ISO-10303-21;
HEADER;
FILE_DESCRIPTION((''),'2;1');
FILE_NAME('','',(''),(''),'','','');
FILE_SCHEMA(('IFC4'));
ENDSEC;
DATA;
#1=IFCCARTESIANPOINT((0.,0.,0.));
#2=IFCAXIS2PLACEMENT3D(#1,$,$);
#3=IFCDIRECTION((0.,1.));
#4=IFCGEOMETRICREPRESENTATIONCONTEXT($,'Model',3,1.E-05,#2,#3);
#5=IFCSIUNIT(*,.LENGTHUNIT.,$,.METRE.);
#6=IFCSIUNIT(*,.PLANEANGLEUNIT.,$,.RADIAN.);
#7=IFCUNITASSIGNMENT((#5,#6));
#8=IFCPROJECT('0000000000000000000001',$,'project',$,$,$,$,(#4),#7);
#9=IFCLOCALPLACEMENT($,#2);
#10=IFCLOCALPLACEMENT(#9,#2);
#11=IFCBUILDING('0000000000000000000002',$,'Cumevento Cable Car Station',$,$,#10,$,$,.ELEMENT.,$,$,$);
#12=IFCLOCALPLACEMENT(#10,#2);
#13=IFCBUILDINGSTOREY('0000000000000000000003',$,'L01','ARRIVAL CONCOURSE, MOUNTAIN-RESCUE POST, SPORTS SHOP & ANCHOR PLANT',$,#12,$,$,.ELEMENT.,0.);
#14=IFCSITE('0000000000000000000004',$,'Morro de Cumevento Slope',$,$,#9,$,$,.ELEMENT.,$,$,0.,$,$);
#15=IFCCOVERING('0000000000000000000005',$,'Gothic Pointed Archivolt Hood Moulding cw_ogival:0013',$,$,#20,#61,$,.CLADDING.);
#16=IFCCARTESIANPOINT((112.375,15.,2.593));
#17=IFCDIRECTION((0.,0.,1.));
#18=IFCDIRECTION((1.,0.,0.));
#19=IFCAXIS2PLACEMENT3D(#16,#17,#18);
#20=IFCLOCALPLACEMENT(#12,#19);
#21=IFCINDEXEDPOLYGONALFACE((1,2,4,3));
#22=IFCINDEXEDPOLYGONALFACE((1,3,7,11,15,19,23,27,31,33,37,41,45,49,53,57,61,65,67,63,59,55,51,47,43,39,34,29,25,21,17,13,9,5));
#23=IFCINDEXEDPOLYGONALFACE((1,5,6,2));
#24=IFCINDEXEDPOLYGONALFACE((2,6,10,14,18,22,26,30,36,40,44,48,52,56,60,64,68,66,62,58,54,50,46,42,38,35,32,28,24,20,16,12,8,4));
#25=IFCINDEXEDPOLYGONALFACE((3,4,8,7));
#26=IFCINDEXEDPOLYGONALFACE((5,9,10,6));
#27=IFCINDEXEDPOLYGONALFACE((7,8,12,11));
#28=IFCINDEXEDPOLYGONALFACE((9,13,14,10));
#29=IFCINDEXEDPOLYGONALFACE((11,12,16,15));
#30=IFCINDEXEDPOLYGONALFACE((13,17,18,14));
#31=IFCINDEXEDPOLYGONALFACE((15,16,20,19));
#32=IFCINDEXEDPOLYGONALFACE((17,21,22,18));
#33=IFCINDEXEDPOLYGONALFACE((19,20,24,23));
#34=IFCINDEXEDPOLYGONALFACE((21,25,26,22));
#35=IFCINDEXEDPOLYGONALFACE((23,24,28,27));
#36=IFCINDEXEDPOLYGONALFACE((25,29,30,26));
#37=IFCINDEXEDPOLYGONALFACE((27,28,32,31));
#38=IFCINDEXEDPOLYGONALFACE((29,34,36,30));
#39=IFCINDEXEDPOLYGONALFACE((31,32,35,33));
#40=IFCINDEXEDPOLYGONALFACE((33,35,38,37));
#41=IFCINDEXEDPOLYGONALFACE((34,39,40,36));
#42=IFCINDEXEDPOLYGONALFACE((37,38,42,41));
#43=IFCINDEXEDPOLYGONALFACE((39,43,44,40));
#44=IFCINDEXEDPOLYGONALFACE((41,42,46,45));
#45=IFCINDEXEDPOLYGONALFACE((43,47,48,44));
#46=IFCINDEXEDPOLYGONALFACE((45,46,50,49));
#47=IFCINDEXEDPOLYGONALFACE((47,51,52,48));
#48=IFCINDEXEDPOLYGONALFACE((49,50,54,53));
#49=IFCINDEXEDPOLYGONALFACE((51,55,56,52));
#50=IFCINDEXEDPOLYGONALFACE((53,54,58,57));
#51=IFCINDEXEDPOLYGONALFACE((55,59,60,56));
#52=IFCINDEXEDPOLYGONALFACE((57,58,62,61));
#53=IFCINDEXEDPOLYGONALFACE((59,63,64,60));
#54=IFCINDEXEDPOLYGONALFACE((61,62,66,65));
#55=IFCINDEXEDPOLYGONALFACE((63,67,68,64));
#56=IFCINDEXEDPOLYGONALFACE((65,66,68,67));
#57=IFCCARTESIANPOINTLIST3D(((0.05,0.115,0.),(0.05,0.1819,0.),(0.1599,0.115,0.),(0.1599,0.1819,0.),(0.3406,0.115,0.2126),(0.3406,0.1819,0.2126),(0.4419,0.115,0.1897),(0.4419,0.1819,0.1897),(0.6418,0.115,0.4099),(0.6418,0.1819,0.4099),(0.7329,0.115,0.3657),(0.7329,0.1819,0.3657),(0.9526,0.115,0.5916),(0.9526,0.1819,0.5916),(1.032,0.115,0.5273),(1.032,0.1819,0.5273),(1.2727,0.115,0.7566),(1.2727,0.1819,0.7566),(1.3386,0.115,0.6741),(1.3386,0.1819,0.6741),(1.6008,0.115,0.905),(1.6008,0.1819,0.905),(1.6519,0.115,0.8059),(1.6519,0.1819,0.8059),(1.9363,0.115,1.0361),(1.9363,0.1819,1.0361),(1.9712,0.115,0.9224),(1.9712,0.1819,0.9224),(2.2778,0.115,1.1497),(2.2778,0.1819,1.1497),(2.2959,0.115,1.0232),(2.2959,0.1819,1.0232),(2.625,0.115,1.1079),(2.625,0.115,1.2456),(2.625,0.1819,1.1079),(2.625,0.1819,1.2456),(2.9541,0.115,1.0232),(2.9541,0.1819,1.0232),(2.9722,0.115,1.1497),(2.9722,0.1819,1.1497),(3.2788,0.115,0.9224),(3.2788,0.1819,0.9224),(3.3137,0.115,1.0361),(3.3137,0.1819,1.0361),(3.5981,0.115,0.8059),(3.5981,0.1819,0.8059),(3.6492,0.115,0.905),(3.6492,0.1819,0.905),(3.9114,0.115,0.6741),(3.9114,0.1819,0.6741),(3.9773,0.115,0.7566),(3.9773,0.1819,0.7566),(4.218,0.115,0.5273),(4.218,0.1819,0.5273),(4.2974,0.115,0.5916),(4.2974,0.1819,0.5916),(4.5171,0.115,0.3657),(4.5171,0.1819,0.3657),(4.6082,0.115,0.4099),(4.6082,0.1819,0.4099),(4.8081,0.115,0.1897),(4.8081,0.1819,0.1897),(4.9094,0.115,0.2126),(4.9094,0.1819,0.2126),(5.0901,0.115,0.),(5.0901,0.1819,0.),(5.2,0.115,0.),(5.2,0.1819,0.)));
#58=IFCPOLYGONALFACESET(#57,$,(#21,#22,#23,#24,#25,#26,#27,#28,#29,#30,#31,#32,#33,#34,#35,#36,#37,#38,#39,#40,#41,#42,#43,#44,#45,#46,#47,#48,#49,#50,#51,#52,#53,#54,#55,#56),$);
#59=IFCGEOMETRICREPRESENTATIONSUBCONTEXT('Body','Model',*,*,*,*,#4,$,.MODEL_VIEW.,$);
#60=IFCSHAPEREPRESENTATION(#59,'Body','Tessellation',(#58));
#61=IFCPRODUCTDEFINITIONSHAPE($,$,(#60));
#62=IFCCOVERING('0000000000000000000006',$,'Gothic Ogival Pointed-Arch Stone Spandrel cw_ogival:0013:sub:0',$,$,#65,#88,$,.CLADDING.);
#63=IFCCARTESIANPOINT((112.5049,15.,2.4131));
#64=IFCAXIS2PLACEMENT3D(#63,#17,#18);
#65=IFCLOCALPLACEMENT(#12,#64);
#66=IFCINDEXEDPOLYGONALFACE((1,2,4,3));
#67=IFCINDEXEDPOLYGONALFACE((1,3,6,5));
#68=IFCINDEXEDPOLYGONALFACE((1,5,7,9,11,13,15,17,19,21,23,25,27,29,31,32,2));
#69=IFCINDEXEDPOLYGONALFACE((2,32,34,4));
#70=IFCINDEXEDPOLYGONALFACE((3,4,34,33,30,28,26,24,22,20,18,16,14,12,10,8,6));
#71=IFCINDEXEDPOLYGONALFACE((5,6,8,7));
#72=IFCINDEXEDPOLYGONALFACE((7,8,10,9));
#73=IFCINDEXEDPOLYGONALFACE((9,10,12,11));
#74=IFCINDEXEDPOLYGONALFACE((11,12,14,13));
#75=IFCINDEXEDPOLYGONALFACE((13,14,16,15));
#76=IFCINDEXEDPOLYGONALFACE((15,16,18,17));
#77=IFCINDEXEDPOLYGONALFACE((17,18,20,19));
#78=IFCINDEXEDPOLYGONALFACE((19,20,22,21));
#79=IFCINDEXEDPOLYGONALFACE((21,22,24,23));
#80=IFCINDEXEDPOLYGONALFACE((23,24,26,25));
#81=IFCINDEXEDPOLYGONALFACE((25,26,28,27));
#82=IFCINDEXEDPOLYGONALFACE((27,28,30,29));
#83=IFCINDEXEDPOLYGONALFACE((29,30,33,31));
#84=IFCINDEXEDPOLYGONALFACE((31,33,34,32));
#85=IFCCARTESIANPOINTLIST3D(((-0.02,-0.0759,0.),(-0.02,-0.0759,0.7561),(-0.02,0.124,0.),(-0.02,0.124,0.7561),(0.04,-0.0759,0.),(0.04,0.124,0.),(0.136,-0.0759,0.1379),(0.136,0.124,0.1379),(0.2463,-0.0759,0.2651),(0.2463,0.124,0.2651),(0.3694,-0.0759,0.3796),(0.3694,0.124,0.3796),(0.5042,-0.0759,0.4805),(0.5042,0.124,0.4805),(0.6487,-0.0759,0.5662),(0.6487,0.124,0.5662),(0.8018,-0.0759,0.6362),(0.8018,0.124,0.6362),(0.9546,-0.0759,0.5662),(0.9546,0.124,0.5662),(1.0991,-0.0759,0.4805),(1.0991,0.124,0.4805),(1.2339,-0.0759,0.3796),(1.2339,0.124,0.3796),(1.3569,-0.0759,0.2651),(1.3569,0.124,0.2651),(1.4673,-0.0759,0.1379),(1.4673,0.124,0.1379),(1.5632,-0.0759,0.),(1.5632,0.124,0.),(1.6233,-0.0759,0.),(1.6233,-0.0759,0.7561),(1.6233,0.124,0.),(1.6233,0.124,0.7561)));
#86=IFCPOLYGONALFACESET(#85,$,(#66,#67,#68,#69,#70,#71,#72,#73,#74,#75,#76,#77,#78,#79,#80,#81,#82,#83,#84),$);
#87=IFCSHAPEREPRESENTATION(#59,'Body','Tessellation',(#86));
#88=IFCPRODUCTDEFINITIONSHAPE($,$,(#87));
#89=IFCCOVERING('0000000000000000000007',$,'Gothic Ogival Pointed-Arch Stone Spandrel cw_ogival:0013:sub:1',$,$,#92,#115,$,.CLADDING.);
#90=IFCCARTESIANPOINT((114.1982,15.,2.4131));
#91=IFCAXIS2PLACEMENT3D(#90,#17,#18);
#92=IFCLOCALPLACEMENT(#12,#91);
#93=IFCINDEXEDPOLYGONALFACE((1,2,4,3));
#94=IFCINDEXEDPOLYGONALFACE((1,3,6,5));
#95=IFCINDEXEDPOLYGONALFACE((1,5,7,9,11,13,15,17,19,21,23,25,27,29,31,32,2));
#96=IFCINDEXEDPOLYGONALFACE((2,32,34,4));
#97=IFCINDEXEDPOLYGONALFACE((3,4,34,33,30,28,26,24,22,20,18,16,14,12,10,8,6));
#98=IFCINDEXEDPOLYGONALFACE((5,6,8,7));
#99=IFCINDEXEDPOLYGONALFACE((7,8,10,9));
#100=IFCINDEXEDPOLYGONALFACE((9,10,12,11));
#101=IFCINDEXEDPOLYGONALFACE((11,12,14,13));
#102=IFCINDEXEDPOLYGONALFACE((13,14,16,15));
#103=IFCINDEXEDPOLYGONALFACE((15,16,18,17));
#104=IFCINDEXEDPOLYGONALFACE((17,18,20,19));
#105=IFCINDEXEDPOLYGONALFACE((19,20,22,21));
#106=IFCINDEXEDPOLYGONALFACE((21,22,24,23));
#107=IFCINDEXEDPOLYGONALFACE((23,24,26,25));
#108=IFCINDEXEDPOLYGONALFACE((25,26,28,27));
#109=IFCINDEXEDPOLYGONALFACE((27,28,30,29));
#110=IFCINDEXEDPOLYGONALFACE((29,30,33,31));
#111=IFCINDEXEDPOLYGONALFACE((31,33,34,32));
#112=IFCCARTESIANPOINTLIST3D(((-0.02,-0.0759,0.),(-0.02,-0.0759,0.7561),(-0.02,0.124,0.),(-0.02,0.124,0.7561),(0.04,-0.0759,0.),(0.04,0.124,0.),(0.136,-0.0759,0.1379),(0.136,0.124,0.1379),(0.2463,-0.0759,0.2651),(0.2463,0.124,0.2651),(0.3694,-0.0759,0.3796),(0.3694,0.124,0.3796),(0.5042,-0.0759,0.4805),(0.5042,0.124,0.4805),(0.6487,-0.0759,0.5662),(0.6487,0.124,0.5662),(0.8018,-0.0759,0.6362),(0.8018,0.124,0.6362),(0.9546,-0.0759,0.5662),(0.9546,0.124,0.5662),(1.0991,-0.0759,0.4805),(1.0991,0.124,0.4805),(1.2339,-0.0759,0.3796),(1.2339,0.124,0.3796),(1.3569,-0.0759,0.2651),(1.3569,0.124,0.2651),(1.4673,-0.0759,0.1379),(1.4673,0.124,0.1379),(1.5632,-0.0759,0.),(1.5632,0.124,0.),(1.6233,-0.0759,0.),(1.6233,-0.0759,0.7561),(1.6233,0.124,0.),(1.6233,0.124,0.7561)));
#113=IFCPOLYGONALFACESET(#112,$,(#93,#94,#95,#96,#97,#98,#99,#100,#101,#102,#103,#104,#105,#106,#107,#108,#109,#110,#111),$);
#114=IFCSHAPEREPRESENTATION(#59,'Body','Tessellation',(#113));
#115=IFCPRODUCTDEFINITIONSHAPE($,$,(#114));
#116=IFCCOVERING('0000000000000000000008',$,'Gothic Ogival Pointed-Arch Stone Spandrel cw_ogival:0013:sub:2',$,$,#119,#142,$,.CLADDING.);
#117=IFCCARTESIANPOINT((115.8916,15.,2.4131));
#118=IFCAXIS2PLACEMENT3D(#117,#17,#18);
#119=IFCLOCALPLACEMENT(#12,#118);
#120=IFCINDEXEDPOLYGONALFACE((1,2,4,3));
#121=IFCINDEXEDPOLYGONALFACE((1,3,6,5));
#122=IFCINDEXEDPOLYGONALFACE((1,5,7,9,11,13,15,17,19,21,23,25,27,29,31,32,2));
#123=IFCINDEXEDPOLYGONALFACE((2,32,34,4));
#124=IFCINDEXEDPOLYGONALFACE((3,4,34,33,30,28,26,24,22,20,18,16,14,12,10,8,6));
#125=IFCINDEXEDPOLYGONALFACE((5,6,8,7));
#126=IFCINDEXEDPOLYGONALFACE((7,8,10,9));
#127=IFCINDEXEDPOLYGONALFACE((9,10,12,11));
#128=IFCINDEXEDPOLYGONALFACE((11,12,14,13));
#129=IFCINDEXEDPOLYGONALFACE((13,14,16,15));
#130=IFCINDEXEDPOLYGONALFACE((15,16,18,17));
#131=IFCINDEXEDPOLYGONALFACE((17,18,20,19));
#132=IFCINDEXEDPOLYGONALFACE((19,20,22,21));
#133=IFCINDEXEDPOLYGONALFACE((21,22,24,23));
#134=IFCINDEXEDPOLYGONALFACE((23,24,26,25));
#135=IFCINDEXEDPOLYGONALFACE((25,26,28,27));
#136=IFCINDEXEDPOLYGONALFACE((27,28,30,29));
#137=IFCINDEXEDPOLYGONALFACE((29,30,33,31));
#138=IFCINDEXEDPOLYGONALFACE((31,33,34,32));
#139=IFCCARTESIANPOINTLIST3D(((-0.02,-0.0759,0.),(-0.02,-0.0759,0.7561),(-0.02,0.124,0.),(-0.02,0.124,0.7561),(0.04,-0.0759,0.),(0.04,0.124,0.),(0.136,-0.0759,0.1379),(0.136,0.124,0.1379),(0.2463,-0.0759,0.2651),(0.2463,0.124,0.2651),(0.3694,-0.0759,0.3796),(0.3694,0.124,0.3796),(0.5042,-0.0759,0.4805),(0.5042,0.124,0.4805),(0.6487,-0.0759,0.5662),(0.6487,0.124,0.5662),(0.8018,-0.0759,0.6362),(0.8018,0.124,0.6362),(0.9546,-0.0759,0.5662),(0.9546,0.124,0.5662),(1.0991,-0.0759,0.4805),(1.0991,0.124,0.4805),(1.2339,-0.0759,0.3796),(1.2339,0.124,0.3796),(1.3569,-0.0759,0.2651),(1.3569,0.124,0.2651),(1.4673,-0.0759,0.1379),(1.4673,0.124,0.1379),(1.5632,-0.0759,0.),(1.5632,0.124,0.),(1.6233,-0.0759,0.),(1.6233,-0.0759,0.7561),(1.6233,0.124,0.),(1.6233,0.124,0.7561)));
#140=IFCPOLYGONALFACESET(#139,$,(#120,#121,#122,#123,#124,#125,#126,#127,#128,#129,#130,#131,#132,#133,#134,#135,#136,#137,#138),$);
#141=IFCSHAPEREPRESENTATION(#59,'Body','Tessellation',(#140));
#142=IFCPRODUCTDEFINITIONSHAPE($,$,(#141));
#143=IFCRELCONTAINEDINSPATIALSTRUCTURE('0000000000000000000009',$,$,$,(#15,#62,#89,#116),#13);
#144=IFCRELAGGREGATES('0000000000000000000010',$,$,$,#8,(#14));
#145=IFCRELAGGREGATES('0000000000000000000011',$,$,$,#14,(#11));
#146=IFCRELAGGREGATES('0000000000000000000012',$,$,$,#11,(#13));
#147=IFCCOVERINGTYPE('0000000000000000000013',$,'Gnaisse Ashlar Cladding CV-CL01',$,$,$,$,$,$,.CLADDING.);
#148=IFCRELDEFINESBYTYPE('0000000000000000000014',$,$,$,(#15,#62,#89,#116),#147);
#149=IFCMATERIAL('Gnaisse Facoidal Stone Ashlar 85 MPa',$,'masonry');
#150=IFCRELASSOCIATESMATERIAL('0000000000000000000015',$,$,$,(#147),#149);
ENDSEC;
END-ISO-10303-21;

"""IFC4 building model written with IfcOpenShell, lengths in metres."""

from ifc_helpers import new_model, si_unit, direction, frame, origin, place, context, subcontext, project, spatial, polyline, outline, extrude, material, type_object, element, save


model = new_model("IFC4")

# Units and contexts
model_context = context("Model", 3, precision=1e-05, world=origin(), true_north=direction((0.0, 1.0)))
body_context = subcontext(model_context, "Body", "Model", "MODEL_VIEW")
ifc_project = project(units=[si_unit("LENGTHUNIT", "METRE"), si_unit("PLANEANGLEUNIT", "RADIAN")], contexts=[model_context])

# Site, building, storey
site_placement = place(None, origin())
site = spatial("IfcSite", under=ifc_project, at=site_placement, Name="Morro de Cumevento Slope", CompositionType="ELEMENT", RefElevation=0.0)
building_placement = place(site_placement, origin())
building = spatial("IfcBuilding", under=site, at=building_placement, Name="Cumevento Cable Car Station", CompositionType="ELEMENT")
storey_placement = place(building_placement, origin())
storey = spatial("IfcBuildingStorey", under=building, at=storey_placement, Name="L01", Description="ARRIVAL CONCOURSE, MOUNTAIN-RESCUE POST, SPORTS SHOP & ANCHOR PLANT", CompositionType="ELEMENT", Elevation=0.0)

# Coverings
ifc_material_1 = material(Name="Gnaisse Facoidal Stone Ashlar 85 MPa", Category="masonry")
covering_type = type_object("IfcCoveringType", Name="Gnaisse Ashlar Cladding CV-CL01", PredefinedType="CLADDING", material=ifc_material_1)
covering_1_placement = place(storey_placement, frame((112.375, 15.0, 2.593), z_axis=(0.0, 0.0, 1.0), x_axis=(1.0, 0.0, 0.0)))
element("IfcCovering", 1, at=covering_1_placement, inside=storey, type_object=covering_type, Name="Gothic Pointed Archivolt Hood Moulding cw_ogival:0013", PredefinedType="CLADDING", context=body_context, shape_type="SweptSolid", body=[
    extrude(outline(polyline([(0.1599, 0.0), (0.4419, 0.1897), (0.7329, 0.3657), (1.032, 0.5273), (1.3386, 0.6741), (1.6519, 0.8059), (1.9712, 0.9224), (2.2959, 1.0232), (2.625, 1.1079), (2.9541, 1.0232), (3.2788, 0.9224), (3.5981, 0.8059), (3.9114, 0.6741), (4.218, 0.5273), (4.5171, 0.3657), (4.8081, 0.1897), (5.0901, 0.0), (5.2, 0.0), (4.9094, 0.2126), (4.6082, 0.4099), (4.2974, 0.5916), (3.9773, 0.7566), (3.6492, 0.905), (3.3137, 1.0361), (2.9722, 1.1497), (2.625, 1.2456), (2.2778, 1.1497), (1.9363, 1.0361), (1.6008, 0.905), (1.2727, 0.7566), (0.9526, 0.5916), (0.6418, 0.4099), (0.3406, 0.2126), (0.05, 0.0), (0.1599, 0.0)])), frame((0.0, 0.1819, 0.0), z_axis=(0.0, -1.0, 0.0), x_axis=(1.0, 0.0, 0.0)), (0.0, 0.0, 1.0), 0.0669),
])
for number, where, z_axis, x_axis, name in (
    (2, (112.5049, 15.0, 2.4131), (0.0, 0.0, 1.0), (1.0, 0.0, 0.0), "Gothic Ogival Pointed-Arch Stone Spandrel cw_ogival:0013:sub:0"),
    (3, (114.1982, 15.0, 2.4131), (0.0, 0.0, 1.0), (1.0, 0.0, 0.0), "Gothic Ogival Pointed-Arch Stone Spandrel cw_ogival:0013:sub:1"),
    (4, (115.8916, 15.0, 2.4131), (0.0, 0.0, 1.0), (1.0, 0.0, 0.0), "Gothic Ogival Pointed-Arch Stone Spandrel cw_ogival:0013:sub:2"),
):
    element("IfcCovering", number, at=place(storey_placement, frame(where, z_axis=z_axis, x_axis=x_axis)), inside=storey, type_object=covering_type, Name=name, PredefinedType="CLADDING", context=body_context, shape_type="SweptSolid", body=[
        extrude(outline(polyline([(-0.02, 0.0), (-0.02, 0.7561), (1.6233, 0.7561), (1.6233, 0.0), (1.5632, 0.0), (1.4673, 0.1379), (1.3569, 0.2651), (1.2339, 0.3796), (1.0991, 0.4805), (0.9546, 0.5662), (0.8018, 0.6362), (0.6487, 0.5662), (0.5042, 0.4805), (0.3694, 0.3796), (0.2463, 0.2651), (0.136, 0.1379), (0.04, 0.0), (-0.02, 0.0)])), frame((0.0, 0.124, 0.0), z_axis=(0.0, -1.0, 0.0), x_axis=(1.0, 0.0, 0.0)), (0.0, 0.0, 1.0), 0.2),
    ])

save(model, "model.ifc")
